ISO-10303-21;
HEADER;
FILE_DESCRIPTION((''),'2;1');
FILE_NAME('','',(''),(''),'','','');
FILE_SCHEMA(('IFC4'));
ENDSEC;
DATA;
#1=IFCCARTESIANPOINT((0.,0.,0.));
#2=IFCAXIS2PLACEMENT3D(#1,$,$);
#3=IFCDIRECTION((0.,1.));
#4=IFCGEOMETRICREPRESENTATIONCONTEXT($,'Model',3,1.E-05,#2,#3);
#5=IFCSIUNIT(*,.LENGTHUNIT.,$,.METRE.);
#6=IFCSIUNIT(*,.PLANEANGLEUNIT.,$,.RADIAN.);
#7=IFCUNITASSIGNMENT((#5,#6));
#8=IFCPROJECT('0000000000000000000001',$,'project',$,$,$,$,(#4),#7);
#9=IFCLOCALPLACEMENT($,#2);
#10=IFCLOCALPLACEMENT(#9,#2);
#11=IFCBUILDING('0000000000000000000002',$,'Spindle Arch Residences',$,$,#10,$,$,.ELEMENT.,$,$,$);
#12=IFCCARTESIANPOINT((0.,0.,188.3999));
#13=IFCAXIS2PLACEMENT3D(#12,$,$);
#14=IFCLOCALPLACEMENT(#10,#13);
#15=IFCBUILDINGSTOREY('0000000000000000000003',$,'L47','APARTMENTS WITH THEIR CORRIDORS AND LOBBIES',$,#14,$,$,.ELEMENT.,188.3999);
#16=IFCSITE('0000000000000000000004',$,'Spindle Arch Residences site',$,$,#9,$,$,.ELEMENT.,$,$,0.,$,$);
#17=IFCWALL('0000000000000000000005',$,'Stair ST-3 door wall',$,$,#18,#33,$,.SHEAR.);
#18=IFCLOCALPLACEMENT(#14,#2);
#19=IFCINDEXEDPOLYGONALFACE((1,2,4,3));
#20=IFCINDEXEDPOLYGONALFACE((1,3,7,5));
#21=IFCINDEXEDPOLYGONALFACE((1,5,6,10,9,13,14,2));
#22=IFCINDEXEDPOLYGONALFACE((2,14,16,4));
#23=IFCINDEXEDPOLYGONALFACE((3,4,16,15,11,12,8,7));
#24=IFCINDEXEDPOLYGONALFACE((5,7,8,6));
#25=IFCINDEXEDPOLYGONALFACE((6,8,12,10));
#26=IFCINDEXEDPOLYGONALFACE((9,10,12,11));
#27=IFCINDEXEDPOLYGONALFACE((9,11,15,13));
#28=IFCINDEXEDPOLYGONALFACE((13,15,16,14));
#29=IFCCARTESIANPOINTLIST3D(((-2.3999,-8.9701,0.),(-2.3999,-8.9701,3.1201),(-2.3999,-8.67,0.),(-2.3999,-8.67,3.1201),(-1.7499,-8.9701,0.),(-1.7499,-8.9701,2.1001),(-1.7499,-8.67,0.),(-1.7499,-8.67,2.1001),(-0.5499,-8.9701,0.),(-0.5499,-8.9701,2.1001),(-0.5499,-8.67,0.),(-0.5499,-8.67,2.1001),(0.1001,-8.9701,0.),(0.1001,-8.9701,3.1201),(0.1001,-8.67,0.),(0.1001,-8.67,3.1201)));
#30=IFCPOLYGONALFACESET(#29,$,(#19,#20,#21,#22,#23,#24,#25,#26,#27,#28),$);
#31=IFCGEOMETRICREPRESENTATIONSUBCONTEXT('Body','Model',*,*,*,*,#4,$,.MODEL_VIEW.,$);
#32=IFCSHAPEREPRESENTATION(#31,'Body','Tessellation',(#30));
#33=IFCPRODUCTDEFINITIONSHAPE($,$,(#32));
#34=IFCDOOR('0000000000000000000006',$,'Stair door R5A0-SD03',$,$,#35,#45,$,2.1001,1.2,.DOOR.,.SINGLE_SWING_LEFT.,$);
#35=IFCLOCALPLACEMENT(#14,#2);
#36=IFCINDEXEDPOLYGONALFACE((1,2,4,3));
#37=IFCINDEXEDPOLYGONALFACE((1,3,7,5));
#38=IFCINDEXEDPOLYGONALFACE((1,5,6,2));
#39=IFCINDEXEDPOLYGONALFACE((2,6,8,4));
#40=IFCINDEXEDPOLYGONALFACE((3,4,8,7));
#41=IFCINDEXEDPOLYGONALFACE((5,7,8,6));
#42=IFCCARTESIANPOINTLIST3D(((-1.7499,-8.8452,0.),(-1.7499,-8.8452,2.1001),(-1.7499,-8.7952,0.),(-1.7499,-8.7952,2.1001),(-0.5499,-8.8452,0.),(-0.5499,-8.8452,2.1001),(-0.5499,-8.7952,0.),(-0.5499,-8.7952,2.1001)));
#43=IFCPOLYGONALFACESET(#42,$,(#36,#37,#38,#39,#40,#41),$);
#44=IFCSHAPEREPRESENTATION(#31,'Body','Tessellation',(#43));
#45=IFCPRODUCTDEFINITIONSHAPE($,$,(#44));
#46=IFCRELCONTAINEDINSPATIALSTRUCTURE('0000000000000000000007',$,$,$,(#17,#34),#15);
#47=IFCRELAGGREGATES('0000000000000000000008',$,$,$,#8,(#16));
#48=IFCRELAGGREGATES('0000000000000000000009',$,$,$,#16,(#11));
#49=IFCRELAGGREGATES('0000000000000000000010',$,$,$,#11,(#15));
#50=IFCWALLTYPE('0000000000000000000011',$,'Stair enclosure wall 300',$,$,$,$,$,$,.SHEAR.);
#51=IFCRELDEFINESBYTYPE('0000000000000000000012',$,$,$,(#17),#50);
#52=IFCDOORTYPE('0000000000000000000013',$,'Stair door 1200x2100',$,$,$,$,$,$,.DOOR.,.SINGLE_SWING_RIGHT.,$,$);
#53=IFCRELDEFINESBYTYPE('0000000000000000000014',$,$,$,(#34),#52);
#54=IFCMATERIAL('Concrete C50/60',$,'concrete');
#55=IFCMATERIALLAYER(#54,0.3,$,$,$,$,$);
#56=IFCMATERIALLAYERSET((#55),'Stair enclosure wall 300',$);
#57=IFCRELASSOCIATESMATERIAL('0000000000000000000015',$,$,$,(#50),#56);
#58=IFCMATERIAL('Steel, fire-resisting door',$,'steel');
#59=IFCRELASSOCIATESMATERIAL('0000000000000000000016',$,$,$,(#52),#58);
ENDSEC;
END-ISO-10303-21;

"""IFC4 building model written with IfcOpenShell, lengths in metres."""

from ifc_helpers import new_model, si_unit, direction, frame, frame_2d, origin, place, context, subcontext, project, spatial, rectangle, extrude, material, layer, layer_set, type_object, element, fill, save


model = new_model("IFC4")

# Units and contexts
model_context = context("Model", 3, precision=1e-05, world=origin(), true_north=direction((0.0, 1.0)))
body_context = subcontext(model_context, "Body", "Model", "MODEL_VIEW")
ifc_project = project(units=[si_unit("LENGTHUNIT", "METRE"), si_unit("PLANEANGLEUNIT", "RADIAN")], contexts=[model_context])

# Site, building, storey
site_placement = place(None, origin())
site = spatial("IfcSite", under=ifc_project, at=site_placement, Name="Spindle Arch Residences site", CompositionType="ELEMENT", RefElevation=0.0)
building_placement = place(site_placement, origin())
building = spatial("IfcBuilding", under=site, at=building_placement, Name="Spindle Arch Residences", CompositionType="ELEMENT")
storey_placement = place(building_placement, frame((0.0, 0.0, 188.3999)))
storey = spatial("IfcBuildingStorey", under=building, at=storey_placement, Name="L47", Description="APARTMENTS WITH THEIR CORRIDORS AND LOBBIES", CompositionType="ELEMENT", Elevation=188.3999)

# Shared definitions
ifc_material_1 = material(Name="Concrete C50/60", Category="concrete")
ifc_layer_1 = layer(ifc_material_1, 0.3)
ifc_layer_set_1 = layer_set([ifc_layer_1], Name="Stair enclosure wall 300")
wall_type_1 = type_object("IfcWallType", Name="Stair enclosure wall 300", PredefinedType="SHEAR", material=ifc_layer_set_1)

# Wall, opening, door
wall_1_placement = place(storey_placement, frame((-2.3999, -8.8201, 0.0), z_axis=(0.0, 0.0, 1.0), x_axis=(1.0, 0.0, 0.0)))
wall_1 = element("IfcWall", 1, at=wall_1_placement, inside=storey, type_object=wall_type_1, Name="Stair ST-3 door wall", PredefinedType="SHEAR", context=body_context, shape_type="SweptSolid", body=[
    extrude(rectangle(XDim=2.5, YDim=0.3, at=frame_2d((1.25, 0.0))), origin(), (0.0, 0.0, 1.0), 3.1201),
])
opening_1_placement = place(wall_1_placement, frame((0.6499, 0.0, 0.0)))
opening_1 = element("IfcOpeningElement", 2, at=opening_1_placement, cuts=wall_1, PredefinedType="OPENING", context=body_context, shape_type="SweptSolid", body=[
    extrude(rectangle(XDim=1.2, YDim=2.1001, at=frame_2d((0.6001, 1.05))), frame((0.0, 0.1602, 0.0), z_axis=(0.0, -1.0, 0.0), x_axis=(1.0, 0.0, 0.0)), (0.0, 0.0, 1.0), 0.3201),
])
ifc_material_2 = material(Name="Steel, fire-resisting door", Category="steel")
door_type_1 = type_object("IfcDoorType", Name="Stair door 1200x2100", OperationType="SINGLE_SWING_RIGHT", PredefinedType="DOOR", material=ifc_material_2)
door_1_placement = place(opening_1_placement, origin())
door_1 = element("IfcDoor", 3, at=door_1_placement, inside=storey, type_object=door_type_1, Name="Stair door R5A0-SD03", OperationType="SINGLE_SWING_LEFT", OverallHeight=2.1001, OverallWidth=1.2, PredefinedType="DOOR", context=body_context, shape_type="SweptSolid", body=[
    extrude(rectangle(XDim=1.2, YDim=2.1001, at=frame_2d((0.6001, 1.05))), frame((0.0, 0.0249, 0.0), z_axis=(0.0, -1.0, 0.0), x_axis=(1.0, 0.0, 0.0)), (0.0, 0.0, 1.0), 0.05),
])
fill(opening_1, door_1)

save(model, "model.ifc")
